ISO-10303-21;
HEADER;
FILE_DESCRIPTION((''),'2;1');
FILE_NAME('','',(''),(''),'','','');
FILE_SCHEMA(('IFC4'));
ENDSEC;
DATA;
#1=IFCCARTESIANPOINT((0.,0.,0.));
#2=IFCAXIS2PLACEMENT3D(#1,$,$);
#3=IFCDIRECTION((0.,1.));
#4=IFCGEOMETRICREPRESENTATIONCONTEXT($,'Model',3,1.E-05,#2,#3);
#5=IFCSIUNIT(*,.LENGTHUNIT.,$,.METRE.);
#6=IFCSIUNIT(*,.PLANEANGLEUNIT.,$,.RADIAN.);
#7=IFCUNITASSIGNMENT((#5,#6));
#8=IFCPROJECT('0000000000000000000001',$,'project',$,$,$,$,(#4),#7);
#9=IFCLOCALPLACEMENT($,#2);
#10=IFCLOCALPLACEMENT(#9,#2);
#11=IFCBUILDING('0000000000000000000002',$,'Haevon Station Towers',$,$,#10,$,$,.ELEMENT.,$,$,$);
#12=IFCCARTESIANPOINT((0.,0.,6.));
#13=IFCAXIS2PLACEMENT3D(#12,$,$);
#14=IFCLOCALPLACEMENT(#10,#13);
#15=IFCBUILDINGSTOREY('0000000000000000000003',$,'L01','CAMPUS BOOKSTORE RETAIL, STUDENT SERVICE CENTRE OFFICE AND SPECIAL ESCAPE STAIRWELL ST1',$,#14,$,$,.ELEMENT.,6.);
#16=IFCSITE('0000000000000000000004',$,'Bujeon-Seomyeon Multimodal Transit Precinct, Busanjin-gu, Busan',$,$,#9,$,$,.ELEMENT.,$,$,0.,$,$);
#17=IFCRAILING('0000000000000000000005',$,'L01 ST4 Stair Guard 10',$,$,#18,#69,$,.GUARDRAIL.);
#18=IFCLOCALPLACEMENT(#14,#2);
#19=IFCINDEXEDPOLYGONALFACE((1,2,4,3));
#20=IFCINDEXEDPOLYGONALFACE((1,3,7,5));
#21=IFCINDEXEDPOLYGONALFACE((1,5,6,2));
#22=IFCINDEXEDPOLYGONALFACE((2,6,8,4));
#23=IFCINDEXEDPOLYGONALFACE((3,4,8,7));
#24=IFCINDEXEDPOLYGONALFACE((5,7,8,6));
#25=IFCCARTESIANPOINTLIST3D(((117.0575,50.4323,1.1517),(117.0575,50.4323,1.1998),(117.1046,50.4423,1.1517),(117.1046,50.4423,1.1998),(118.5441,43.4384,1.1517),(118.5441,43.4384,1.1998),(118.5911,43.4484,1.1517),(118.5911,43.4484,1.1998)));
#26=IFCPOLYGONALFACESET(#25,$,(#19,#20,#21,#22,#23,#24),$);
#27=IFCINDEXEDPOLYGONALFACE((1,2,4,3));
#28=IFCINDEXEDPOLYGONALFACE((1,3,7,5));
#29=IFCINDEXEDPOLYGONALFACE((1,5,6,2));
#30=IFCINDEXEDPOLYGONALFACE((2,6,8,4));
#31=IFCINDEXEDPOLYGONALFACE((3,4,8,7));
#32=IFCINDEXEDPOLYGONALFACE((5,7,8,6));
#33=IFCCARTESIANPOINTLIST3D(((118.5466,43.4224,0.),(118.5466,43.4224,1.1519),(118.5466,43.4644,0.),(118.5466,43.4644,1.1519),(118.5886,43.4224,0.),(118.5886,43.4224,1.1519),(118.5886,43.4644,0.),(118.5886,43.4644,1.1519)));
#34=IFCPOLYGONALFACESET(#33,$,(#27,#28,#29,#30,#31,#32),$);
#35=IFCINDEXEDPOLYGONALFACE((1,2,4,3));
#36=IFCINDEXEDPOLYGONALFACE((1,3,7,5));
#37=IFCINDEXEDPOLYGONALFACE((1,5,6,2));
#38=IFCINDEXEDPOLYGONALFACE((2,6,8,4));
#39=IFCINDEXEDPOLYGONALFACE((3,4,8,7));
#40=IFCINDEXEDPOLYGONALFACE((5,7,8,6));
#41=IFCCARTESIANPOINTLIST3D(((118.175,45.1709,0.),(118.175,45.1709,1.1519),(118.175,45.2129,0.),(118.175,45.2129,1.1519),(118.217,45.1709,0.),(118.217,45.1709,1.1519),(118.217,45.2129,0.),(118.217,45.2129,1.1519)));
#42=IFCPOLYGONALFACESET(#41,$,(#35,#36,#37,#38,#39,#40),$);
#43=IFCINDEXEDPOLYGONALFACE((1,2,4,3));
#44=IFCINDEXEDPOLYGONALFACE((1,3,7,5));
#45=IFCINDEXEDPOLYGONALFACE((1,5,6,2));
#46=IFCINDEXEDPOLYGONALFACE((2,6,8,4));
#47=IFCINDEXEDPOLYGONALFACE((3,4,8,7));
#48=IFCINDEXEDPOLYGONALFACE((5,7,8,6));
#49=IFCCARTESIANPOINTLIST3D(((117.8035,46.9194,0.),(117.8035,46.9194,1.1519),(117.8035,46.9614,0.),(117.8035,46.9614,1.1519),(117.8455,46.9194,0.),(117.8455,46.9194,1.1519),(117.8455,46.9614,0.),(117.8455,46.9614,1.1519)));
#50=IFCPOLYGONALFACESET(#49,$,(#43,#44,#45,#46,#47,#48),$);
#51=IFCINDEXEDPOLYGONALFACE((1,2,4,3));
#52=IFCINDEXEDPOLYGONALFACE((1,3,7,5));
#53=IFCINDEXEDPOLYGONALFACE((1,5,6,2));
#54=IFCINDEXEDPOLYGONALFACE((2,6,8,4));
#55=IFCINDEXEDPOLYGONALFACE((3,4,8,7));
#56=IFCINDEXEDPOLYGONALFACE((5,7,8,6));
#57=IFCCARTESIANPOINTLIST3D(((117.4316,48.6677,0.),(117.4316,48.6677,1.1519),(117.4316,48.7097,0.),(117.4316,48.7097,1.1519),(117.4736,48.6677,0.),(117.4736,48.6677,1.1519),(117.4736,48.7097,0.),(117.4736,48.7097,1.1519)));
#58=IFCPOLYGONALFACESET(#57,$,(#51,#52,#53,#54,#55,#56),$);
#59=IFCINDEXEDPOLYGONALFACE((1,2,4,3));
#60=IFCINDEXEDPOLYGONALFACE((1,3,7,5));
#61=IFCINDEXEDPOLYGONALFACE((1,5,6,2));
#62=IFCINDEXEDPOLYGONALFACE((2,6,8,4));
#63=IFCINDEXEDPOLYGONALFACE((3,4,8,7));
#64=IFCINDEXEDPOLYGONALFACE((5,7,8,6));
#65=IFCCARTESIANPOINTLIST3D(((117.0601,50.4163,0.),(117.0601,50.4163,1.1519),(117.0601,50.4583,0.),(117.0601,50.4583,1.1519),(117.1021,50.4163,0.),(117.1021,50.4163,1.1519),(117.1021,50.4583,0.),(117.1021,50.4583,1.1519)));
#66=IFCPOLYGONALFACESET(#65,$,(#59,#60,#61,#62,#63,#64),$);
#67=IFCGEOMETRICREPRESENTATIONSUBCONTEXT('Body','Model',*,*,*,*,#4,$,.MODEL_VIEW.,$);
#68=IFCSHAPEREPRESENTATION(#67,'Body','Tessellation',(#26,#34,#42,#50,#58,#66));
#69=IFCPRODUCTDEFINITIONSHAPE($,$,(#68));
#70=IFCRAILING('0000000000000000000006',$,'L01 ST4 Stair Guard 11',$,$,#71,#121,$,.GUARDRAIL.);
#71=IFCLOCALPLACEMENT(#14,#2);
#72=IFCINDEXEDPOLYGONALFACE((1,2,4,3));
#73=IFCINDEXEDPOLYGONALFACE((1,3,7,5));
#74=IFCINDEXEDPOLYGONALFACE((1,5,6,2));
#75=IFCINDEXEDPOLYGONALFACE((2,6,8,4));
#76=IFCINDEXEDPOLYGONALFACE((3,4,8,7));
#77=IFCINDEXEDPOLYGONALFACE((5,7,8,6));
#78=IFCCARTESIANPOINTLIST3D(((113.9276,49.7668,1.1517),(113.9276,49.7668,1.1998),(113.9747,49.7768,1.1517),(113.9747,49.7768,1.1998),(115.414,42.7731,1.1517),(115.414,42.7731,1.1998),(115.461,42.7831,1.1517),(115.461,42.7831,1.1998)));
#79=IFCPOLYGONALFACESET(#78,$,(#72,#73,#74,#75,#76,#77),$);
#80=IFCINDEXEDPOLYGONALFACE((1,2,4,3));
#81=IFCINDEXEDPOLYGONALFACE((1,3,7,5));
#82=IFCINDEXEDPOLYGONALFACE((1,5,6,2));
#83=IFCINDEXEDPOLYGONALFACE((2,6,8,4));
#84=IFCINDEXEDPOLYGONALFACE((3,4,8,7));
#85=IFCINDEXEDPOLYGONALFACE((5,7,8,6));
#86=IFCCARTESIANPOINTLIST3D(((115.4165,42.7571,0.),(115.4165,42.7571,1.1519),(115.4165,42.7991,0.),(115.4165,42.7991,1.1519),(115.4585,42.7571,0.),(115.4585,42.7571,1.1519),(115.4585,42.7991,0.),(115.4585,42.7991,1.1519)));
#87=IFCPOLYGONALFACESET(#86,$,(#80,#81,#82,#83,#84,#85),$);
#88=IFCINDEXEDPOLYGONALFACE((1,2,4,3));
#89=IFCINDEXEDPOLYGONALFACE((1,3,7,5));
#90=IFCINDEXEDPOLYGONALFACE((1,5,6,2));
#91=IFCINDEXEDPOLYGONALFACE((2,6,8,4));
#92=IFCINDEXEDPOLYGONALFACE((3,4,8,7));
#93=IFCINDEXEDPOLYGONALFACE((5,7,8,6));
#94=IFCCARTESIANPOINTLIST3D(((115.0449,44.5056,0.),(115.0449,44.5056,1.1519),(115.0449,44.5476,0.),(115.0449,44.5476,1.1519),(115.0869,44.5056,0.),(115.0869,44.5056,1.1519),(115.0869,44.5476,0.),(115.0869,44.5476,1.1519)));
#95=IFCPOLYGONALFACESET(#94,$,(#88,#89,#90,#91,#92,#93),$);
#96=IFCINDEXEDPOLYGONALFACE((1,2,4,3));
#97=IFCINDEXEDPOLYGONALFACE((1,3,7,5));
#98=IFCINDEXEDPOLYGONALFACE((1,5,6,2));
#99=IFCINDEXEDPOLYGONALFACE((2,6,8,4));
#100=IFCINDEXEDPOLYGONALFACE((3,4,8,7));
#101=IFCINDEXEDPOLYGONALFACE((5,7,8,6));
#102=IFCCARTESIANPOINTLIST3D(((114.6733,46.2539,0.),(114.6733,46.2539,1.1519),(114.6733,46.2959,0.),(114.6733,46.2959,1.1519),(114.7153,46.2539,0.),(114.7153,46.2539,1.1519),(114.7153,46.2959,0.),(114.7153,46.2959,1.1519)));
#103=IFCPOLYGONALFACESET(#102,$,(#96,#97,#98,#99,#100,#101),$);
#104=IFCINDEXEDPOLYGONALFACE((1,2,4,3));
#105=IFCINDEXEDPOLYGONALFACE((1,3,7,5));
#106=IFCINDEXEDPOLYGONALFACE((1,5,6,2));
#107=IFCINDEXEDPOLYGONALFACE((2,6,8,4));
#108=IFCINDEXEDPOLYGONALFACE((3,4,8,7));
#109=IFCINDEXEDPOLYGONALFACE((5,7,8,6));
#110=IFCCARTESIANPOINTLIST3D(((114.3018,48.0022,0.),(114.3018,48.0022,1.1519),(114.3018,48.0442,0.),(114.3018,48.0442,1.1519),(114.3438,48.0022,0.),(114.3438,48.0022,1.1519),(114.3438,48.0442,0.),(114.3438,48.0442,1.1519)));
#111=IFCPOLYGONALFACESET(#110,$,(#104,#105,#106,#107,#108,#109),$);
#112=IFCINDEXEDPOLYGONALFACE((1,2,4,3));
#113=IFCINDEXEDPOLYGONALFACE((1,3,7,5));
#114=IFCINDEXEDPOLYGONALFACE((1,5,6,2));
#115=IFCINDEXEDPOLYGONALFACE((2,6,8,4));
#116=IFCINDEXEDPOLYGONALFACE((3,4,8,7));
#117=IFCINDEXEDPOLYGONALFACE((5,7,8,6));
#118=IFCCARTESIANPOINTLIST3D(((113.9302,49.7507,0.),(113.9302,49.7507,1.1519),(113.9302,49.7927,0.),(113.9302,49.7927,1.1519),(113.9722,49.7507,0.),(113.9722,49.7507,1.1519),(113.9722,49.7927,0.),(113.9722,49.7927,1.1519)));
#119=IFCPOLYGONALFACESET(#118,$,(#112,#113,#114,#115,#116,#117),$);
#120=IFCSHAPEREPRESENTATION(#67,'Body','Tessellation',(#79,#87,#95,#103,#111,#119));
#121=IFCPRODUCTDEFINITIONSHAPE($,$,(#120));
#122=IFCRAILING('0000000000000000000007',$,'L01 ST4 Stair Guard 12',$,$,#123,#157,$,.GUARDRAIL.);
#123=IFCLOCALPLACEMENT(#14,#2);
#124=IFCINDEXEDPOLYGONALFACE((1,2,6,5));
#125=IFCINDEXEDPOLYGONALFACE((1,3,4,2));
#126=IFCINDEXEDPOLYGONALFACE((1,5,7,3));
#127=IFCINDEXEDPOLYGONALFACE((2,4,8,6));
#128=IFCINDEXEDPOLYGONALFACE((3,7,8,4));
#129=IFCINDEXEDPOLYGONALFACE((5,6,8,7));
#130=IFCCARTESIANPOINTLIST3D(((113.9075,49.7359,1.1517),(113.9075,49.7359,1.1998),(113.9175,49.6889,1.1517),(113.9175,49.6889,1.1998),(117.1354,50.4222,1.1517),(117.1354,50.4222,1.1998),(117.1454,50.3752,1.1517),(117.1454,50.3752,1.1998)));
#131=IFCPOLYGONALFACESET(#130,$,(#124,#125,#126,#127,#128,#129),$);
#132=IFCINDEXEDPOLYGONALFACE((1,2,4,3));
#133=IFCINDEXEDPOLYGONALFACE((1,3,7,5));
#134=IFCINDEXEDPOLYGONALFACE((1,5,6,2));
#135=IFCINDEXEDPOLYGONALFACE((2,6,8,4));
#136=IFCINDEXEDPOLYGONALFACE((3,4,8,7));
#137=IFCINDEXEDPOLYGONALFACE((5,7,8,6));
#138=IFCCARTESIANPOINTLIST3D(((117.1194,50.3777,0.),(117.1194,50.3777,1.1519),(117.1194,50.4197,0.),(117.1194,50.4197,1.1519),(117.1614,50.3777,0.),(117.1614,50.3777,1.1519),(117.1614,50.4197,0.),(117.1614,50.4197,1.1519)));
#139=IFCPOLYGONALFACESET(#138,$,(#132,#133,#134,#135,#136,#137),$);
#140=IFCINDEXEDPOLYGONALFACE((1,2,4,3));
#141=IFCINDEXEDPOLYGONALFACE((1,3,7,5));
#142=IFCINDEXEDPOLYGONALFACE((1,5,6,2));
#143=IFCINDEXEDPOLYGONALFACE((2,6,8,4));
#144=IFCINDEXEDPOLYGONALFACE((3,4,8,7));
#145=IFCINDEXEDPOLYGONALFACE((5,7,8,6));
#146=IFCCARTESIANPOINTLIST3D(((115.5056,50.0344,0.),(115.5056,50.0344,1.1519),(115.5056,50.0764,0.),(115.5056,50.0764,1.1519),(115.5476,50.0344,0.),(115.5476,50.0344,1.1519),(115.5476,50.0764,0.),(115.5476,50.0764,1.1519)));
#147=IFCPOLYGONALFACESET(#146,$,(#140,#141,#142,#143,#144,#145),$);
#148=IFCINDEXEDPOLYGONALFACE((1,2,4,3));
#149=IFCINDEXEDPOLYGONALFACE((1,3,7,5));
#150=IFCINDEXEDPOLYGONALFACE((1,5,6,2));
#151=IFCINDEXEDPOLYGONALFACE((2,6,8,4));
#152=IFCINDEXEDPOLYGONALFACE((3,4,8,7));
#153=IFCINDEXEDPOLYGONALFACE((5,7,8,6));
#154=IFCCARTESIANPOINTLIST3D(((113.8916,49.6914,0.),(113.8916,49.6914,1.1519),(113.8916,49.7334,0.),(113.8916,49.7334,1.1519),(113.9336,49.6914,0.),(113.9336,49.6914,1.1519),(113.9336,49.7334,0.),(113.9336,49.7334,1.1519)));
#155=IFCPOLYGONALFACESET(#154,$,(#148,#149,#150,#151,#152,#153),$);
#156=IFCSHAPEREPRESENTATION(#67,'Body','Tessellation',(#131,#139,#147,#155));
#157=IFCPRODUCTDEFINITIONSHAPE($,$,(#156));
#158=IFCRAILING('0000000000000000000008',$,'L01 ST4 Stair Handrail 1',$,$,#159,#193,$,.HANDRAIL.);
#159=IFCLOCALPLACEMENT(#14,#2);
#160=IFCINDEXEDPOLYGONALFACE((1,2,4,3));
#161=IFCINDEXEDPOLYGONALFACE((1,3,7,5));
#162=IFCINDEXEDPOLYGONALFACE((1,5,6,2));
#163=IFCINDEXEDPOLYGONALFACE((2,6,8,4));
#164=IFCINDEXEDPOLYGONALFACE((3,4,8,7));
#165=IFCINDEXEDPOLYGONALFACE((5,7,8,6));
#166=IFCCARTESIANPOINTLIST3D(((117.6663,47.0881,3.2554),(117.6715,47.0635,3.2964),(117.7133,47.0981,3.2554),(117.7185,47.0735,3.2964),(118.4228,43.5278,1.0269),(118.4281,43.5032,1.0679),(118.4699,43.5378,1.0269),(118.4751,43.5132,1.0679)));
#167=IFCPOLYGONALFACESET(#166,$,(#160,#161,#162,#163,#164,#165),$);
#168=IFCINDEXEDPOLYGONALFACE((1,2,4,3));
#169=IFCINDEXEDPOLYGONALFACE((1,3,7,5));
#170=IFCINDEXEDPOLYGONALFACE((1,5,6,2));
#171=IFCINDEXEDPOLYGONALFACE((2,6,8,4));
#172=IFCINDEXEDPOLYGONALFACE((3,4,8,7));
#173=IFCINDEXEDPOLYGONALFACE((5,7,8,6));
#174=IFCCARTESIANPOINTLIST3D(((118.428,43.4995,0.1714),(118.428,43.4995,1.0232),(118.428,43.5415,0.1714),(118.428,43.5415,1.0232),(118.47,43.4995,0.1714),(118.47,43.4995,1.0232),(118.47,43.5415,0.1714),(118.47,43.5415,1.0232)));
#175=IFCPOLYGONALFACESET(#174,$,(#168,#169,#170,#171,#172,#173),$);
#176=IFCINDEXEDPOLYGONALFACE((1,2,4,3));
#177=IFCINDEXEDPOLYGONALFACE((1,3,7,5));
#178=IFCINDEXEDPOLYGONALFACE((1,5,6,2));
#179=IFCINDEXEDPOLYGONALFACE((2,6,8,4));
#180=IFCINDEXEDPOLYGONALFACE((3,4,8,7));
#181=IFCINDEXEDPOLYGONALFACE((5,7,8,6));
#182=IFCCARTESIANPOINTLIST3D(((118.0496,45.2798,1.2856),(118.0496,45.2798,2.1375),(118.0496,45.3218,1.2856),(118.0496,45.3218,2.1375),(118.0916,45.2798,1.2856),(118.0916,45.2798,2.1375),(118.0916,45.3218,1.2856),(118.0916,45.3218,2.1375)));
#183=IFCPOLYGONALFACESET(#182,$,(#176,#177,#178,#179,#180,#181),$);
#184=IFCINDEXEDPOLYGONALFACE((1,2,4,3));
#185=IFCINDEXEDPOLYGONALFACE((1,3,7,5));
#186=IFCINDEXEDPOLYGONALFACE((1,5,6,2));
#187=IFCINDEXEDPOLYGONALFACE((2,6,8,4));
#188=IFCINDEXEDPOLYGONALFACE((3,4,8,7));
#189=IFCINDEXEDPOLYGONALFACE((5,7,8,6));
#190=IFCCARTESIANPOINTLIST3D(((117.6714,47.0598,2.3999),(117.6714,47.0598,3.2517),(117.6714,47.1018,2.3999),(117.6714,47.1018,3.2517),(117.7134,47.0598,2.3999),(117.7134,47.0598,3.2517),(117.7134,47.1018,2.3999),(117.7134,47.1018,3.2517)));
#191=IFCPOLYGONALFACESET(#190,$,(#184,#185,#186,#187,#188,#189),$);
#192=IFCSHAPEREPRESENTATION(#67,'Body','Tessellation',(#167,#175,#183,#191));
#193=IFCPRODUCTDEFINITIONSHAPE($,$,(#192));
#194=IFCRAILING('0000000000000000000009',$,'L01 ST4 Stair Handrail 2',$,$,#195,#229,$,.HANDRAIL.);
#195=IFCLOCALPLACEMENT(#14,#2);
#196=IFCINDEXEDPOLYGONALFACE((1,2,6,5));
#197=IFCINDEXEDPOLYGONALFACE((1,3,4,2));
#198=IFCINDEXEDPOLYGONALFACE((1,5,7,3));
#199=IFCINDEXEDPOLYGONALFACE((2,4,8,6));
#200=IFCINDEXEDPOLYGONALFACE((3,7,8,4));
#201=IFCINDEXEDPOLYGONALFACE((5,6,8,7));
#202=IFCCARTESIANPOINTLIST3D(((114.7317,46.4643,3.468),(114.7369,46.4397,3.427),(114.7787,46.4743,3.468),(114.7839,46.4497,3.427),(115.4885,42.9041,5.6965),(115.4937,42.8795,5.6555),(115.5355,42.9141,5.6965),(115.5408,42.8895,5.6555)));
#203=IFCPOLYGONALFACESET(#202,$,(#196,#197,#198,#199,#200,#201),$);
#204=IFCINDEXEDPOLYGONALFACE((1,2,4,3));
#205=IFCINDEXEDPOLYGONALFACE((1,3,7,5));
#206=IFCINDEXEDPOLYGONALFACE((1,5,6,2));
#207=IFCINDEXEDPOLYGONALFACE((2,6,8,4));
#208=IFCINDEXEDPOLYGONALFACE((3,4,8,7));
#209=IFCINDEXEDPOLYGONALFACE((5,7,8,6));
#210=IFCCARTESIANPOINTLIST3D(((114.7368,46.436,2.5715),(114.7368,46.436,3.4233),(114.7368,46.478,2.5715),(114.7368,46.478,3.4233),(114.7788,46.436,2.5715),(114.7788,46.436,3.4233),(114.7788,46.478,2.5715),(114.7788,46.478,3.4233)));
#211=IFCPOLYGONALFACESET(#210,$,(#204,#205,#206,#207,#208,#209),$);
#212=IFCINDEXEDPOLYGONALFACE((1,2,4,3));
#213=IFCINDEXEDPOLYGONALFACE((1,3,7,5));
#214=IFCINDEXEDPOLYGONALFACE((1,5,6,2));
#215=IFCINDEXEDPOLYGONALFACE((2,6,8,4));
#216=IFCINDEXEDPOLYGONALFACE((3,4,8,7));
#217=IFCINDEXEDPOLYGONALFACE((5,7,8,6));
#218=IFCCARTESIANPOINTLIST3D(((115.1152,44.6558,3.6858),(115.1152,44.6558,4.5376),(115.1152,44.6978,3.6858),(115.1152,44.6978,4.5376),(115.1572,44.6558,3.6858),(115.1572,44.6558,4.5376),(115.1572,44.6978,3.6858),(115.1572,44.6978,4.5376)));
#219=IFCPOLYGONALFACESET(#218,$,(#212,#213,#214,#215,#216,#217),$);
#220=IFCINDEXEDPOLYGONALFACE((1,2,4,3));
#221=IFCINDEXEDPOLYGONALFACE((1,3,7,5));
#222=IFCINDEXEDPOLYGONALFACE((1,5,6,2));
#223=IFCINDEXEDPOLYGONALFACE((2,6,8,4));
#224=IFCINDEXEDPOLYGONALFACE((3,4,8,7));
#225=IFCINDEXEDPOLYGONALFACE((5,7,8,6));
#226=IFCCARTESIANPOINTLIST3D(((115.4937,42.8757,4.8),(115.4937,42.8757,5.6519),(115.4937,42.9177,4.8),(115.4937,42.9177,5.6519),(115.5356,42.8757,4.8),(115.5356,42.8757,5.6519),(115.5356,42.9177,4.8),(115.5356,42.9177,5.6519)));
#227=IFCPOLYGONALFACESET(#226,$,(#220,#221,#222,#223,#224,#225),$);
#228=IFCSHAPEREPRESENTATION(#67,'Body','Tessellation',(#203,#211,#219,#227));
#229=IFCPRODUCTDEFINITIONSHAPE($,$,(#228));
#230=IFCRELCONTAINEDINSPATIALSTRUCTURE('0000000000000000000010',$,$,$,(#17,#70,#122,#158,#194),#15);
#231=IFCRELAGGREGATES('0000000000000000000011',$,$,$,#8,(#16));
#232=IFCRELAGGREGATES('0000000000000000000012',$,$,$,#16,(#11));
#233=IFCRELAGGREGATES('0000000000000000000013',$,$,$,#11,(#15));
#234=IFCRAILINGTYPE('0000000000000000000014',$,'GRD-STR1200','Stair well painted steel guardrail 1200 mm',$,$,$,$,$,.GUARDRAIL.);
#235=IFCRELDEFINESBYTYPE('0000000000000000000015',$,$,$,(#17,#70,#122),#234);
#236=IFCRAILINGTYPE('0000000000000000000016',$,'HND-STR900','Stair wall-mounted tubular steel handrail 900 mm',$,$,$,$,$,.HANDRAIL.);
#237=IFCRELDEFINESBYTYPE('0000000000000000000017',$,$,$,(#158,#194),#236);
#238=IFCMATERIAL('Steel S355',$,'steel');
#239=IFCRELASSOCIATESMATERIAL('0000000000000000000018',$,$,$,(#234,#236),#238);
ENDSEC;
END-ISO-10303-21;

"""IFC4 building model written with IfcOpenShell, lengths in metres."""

from ifc_helpers import new_model, si_unit, direction, frame, origin, origin_2d, place, context, subcontext, project, spatial, rectangle, extrude, material, type_object, element, save


model = new_model("IFC4")

# Units and contexts
model_context = context("Model", 3, precision=1e-05, world=origin(), true_north=direction((0.0, 1.0)))
body_context = subcontext(model_context, "Body", "Model", "MODEL_VIEW")
ifc_project = project(units=[si_unit("LENGTHUNIT", "METRE"), si_unit("PLANEANGLEUNIT", "RADIAN")], contexts=[model_context])

# Site, building, storey
site_placement = place(None, origin())
site = spatial("IfcSite", under=ifc_project, at=site_placement, Name="Bujeon-Seomyeon Multimodal Transit Precinct, Busanjin-gu, Busan", CompositionType="ELEMENT", RefElevation=0.0)
building_placement = place(site_placement, origin())
building = spatial("IfcBuilding", under=site, at=building_placement, Name="Haevon Station Towers", CompositionType="ELEMENT")
storey_placement = place(building_placement, frame((0.0, 0.0, 6.0)))
storey = spatial("IfcBuildingStorey", under=building, at=storey_placement, Name="L01", Description="CAMPUS BOOKSTORE RETAIL, STUDENT SERVICE CENTRE OFFICE AND SPECIAL ESCAPE STAIRWELL ST1", CompositionType="ELEMENT", Elevation=6.0)

# Shared definitions
ifc_material_1 = material(Name="Steel S355", Category="steel")

# Railings
railing_type_1 = type_object("IfcRailingType", Name="GRD-STR1200", Description="Stair well painted steel guardrail 1200 mm", PredefinedType="GUARDRAIL", material=ifc_material_1)
railing_1_placement = place(storey_placement, frame((118.5676, 43.4434, 0.0)))
element("IfcRailing", 1, at=railing_1_placement, inside=storey, type_object=railing_type_1, Name="L01 ST4 Stair Guard 10", PredefinedType="GUARDRAIL", context=body_context, shape_type="SweptSolid", body=[
    extrude(rectangle(XDim=0.0481, YDim=0.0481, at=origin_2d()), frame((0.0, 0.0, 1.1758), z_axis=(-0.207908, 0.978148, 0.0), x_axis=(-0.978148, -0.207908, 0.0)), (0.0, 0.0, 1.0), 7.1501),
    extrude(rectangle(XDim=0.042, YDim=0.042, at=origin_2d()), origin(), (0.0, 0.0, 1.0), 1.1519),
    extrude(rectangle(XDim=0.042, YDim=0.042, at=origin_2d()), frame((-0.3716, 1.7485, 0.0)), (0.0, 0.0, 1.0), 1.1519),
    extrude(rectangle(XDim=0.042, YDim=0.042, at=origin_2d()), frame((-0.7432, 3.4971, 0.0)), (0.0, 0.0, 1.0), 1.1519),
    extrude(rectangle(XDim=0.042, YDim=0.042, at=origin_2d()), frame((-1.115, 5.2454, 0.0)), (0.0, 0.0, 1.0), 1.1519),
    extrude(rectangle(XDim=0.042, YDim=0.042, at=origin_2d()), frame((-1.4866, 6.9939, 0.0)), (0.0, 0.0, 1.0), 1.1519),
])
railing_2_placement = place(storey_placement, frame((115.4375, 42.7781, 0.0)))
element("IfcRailing", 2, at=railing_2_placement, inside=storey, type_object=railing_type_1, Name="L01 ST4 Stair Guard 11", PredefinedType="GUARDRAIL", context=body_context, shape_type="SweptSolid", body=[
    extrude(rectangle(XDim=0.0481, YDim=0.0481, at=origin_2d()), frame((0.0, 0.0, 1.1758), z_axis=(-0.207882, 0.978154, 0.0), x_axis=(-0.978154, -0.207882, 0.0)), (0.0, 0.0, 1.0), 7.1499),
    extrude(rectangle(XDim=0.042, YDim=0.042, at=origin_2d()), origin(), (0.0, 0.0, 1.0), 1.1519),
    extrude(rectangle(XDim=0.042, YDim=0.042, at=origin_2d()), frame((-0.3716, 1.7485, 0.0)), (0.0, 0.0, 1.0), 1.1519),
    extrude(rectangle(XDim=0.042, YDim=0.042, at=origin_2d()), frame((-0.7432, 3.4968, 0.0)), (0.0, 0.0, 1.0), 1.1519),
    extrude(rectangle(XDim=0.042, YDim=0.042, at=origin_2d()), frame((-1.1147, 5.2451, 0.0)), (0.0, 0.0, 1.0), 1.1519),
    extrude(rectangle(XDim=0.042, YDim=0.042, at=origin_2d()), frame((-1.4863, 6.9937, 0.0)), (0.0, 0.0, 1.0), 1.1519),
])
railing_3_placement = place(storey_placement, frame((117.1404, 50.3987, 0.0)))
element("IfcRailing", 3, at=railing_3_placement, inside=storey, type_object=railing_type_1, Name="L01 ST4 Stair Guard 12", PredefinedType="GUARDRAIL", context=body_context, shape_type="SweptSolid", body=[
    extrude(rectangle(XDim=0.0481, YDim=0.0481, at=origin_2d()), frame((0.0, 0.0, 1.1758), z_axis=(-0.978136, -0.207968, 0.0), x_axis=(0.207968, -0.978136, 0.0)), (0.0, 0.0, 1.0), 3.3),
    extrude(rectangle(XDim=0.042, YDim=0.042, at=origin_2d()), origin(), (0.0, 0.0, 1.0), 1.1519),
    extrude(rectangle(XDim=0.042, YDim=0.042, at=origin_2d()), frame((-1.6138, -0.3433, 0.0)), (0.0, 0.0, 1.0), 1.1519),
    extrude(rectangle(XDim=0.042, YDim=0.042, at=origin_2d()), frame((-3.2278, -0.6863, 0.0)), (0.0, 0.0, 1.0), 1.1519),
])
railing_type_2 = type_object("IfcRailingType", Name="HND-STR900", Description="Stair wall-mounted tubular steel handrail 900 mm", PredefinedType="HANDRAIL", material=ifc_material_1)
railing_4_placement = place(storey_placement, frame((118.449, 43.5205, 0.1714)))
element("IfcRailing", 4, at=railing_4_placement, inside=storey, type_object=railing_type_2, Name="L01 ST4 Stair Handrail 1", PredefinedType="HANDRAIL", context=body_context, shape_type="SweptSolid", body=[
    extrude(rectangle(XDim=0.0481, YDim=0.0481, at=origin_2d()), frame((0.0, 0.0, 0.876), z_axis=(-0.177277, 0.834216, 0.522165), x_axis=(-0.978157, -0.207866, 0.0)), (0.0, 0.0, 1.0), 4.2678),
    extrude(rectangle(XDim=0.042, YDim=0.042, at=origin_2d()), origin(), (0.0, 0.0, 1.0), 0.8518),
    extrude(rectangle(XDim=0.042, YDim=0.042, at=origin_2d()), frame((-0.3784, 1.7803, 1.1143)), (0.0, 0.0, 1.0), 0.8518),
    extrude(rectangle(XDim=0.042, YDim=0.042, at=origin_2d()), frame((-0.7566, 3.5603, 2.2285)), (0.0, 0.0, 1.0), 0.8518),
])
railing_5_placement = place(storey_placement, frame((114.7578, 46.457, 2.5715)))
element("IfcRailing", 5, at=railing_5_placement, inside=storey, type_object=railing_type_2, Name="L01 ST4 Stair Handrail 2", PredefinedType="HANDRAIL", context=body_context, shape_type="SweptSolid", body=[
    extrude(rectangle(XDim=0.0481, YDim=0.0481, at=origin_2d()), frame((0.0, 0.0, 0.876), z_axis=(0.177333, -0.834208, 0.522159), x_axis=(0.978144, 0.20793, 0.0)), (0.0, 0.0, 1.0), 4.2678),
    extrude(rectangle(XDim=0.042, YDim=0.042, at=origin_2d()), origin(), (0.0, 0.0, 1.0), 0.8518),
    extrude(rectangle(XDim=0.042, YDim=0.042, at=origin_2d()), frame((0.3784, -1.7803, 1.1143)), (0.0, 0.0, 1.0), 0.8518),
    extrude(rectangle(XDim=0.042, YDim=0.042, at=origin_2d()), frame((0.7568, -3.5603, 2.2285)), (0.0, 0.0, 1.0), 0.8518),
])

save(model, "model.ifc")
